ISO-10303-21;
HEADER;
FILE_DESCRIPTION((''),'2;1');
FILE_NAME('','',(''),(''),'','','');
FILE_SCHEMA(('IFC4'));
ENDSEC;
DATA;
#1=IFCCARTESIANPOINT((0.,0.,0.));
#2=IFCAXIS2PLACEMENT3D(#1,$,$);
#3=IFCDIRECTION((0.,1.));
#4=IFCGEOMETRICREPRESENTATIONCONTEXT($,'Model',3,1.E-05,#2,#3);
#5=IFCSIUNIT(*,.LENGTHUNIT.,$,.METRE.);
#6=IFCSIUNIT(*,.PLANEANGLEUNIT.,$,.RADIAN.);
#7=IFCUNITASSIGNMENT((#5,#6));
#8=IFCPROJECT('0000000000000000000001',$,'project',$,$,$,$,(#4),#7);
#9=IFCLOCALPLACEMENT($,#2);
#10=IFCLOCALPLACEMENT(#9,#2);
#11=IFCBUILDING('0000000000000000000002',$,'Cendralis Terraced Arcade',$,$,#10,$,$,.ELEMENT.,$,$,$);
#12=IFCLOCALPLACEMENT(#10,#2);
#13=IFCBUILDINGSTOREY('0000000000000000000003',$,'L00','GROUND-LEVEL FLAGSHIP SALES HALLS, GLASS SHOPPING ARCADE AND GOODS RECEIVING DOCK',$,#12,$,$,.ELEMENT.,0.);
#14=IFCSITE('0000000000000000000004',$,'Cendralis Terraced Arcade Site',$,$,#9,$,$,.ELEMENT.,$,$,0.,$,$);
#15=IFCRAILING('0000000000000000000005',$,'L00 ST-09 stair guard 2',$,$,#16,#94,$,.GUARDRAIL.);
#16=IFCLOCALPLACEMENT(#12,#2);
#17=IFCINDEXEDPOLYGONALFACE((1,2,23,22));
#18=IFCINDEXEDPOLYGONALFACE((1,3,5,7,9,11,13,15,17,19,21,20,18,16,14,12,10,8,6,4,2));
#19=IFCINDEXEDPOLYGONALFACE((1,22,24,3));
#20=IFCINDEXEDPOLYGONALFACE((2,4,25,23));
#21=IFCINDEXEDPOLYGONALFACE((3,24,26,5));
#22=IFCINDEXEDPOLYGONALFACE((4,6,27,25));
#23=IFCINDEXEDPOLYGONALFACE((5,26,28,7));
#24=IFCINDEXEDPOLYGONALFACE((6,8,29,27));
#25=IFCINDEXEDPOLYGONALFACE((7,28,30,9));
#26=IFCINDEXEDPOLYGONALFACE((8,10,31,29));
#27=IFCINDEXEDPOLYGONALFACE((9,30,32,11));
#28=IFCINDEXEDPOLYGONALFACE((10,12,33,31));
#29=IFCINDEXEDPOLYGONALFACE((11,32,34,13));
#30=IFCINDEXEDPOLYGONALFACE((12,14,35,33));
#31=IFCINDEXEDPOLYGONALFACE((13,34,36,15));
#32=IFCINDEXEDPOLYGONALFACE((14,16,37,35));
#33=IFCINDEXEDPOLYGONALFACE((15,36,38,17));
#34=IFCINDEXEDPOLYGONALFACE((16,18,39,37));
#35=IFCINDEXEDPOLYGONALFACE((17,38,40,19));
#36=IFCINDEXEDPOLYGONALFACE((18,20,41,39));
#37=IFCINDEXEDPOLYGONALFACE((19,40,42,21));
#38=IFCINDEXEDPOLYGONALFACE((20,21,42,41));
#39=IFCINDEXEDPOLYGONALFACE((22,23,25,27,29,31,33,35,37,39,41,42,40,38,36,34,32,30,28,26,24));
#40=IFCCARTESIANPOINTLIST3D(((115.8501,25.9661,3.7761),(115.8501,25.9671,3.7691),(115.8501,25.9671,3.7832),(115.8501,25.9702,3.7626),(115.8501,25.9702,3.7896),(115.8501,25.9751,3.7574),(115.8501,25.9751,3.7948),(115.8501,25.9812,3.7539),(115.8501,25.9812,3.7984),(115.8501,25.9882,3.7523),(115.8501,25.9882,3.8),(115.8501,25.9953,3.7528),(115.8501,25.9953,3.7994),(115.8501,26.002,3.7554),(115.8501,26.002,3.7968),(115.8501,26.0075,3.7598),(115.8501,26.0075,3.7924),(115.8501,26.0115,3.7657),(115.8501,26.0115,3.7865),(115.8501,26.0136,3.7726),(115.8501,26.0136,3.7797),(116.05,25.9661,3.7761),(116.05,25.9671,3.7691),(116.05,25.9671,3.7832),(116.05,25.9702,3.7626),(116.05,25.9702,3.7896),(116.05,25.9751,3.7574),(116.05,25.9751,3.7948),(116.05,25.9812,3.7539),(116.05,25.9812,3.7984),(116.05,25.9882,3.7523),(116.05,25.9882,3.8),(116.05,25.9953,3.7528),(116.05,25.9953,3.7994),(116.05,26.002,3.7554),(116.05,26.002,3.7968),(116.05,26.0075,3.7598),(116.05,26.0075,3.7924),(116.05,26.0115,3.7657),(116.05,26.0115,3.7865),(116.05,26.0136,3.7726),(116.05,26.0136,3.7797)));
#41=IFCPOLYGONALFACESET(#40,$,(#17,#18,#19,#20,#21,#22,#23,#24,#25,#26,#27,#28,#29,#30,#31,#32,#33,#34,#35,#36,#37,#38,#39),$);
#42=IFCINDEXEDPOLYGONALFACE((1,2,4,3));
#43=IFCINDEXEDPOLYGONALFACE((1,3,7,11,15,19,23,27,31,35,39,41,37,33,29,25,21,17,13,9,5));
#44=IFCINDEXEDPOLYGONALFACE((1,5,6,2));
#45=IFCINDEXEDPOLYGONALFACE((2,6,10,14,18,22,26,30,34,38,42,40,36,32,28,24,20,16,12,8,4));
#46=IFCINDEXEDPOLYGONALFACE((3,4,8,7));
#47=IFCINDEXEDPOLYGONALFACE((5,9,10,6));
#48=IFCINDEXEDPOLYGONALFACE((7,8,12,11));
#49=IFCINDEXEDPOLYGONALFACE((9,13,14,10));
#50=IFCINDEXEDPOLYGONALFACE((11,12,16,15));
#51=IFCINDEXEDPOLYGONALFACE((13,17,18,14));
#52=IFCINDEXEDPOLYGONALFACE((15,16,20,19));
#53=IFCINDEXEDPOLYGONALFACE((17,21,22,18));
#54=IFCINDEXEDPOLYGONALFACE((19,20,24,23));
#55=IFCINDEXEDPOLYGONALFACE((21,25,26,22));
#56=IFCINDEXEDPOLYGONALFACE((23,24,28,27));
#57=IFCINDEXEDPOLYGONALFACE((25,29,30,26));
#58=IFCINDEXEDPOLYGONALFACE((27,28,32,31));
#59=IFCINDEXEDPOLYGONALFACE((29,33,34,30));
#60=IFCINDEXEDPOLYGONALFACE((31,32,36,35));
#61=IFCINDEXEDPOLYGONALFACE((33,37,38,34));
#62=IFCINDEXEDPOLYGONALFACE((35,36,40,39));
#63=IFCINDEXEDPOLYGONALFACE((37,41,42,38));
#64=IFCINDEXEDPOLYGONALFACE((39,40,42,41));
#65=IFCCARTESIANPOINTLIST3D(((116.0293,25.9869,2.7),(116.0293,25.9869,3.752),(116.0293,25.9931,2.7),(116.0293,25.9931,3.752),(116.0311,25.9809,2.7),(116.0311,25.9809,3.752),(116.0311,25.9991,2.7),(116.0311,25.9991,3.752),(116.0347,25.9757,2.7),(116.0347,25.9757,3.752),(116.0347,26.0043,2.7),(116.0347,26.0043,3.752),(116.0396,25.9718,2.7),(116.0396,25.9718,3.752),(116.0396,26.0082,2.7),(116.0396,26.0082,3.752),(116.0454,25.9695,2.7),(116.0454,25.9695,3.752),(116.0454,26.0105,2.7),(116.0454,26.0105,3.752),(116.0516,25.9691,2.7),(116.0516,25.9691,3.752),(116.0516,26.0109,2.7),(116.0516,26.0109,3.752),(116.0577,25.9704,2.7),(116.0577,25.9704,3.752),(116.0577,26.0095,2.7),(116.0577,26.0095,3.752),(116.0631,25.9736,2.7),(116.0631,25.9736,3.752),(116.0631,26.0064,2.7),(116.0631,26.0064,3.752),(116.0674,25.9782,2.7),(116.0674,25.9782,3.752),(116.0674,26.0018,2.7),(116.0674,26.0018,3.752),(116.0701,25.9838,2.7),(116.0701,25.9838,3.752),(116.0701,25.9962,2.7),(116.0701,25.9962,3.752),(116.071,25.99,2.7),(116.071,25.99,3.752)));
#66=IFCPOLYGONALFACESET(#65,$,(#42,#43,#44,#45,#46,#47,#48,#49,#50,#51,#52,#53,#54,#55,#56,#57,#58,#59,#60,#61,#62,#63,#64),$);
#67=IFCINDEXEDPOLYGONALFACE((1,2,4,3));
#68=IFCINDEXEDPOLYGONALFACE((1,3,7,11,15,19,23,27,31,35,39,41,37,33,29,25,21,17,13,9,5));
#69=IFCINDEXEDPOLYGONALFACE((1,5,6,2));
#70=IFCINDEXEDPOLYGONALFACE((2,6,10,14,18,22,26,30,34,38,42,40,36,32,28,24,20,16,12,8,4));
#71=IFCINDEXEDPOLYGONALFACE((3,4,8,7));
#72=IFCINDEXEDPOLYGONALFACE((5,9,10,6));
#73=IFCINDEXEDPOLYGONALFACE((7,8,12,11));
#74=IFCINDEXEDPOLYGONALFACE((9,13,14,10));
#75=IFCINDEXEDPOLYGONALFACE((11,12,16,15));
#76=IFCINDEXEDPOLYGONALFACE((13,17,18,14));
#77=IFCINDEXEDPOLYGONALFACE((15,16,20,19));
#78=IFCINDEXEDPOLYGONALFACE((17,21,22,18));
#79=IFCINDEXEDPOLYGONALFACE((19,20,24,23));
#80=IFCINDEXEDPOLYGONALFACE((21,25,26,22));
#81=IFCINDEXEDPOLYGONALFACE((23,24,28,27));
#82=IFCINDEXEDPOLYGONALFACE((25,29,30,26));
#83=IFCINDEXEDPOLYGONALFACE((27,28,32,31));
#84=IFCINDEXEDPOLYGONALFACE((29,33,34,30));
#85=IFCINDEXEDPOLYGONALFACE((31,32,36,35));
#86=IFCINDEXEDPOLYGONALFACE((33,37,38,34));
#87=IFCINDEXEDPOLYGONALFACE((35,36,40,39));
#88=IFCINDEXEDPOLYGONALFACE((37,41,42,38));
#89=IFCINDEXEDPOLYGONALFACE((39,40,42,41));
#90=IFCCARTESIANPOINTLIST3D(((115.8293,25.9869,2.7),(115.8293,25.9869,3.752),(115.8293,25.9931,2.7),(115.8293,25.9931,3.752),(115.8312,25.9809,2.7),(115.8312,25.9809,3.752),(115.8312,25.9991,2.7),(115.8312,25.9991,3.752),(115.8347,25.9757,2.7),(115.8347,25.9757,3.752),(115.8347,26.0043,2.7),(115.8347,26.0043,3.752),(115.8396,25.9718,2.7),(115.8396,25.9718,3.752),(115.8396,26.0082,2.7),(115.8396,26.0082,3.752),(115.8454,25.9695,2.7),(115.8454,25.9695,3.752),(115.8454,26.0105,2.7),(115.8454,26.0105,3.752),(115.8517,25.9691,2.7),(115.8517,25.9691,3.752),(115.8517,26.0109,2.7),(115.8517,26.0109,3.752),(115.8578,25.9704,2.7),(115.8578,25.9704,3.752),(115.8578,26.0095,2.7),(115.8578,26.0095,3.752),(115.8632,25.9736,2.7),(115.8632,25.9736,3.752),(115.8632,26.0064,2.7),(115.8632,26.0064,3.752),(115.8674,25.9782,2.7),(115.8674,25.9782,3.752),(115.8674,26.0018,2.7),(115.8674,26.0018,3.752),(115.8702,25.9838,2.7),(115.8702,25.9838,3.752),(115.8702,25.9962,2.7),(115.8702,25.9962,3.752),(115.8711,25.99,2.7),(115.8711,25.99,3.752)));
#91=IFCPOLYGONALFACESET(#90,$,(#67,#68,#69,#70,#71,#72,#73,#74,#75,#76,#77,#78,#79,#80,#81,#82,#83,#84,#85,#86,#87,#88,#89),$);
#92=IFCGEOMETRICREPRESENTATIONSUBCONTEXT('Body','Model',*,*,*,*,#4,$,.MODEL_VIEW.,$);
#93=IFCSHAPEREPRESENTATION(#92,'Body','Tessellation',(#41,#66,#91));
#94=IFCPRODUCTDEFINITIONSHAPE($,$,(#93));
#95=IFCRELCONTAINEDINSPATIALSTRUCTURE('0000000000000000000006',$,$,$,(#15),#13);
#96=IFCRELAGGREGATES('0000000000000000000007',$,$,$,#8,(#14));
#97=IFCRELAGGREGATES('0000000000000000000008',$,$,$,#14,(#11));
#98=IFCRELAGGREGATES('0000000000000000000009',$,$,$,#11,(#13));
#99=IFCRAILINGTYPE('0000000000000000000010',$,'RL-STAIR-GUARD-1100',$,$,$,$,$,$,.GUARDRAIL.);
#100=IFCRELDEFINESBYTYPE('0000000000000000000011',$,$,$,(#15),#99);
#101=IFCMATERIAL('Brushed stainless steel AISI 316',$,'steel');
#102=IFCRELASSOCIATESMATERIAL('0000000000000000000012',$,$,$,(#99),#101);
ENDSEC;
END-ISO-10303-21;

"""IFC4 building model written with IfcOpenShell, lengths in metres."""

from ifc_helpers import new_model, si_unit, direction, frame, origin, origin_2d, place, context, subcontext, project, spatial, circle, extrude, material, type_object, element, save


model = new_model("IFC4")

# Units and contexts
model_context = context("Model", 3, precision=1e-05, world=origin(), true_north=direction((0.0, 1.0)))
body_context = subcontext(model_context, "Body", "Model", "MODEL_VIEW")
ifc_project = project(units=[si_unit("LENGTHUNIT", "METRE"), si_unit("PLANEANGLEUNIT", "RADIAN")], contexts=[model_context])

# Site, building, storey
site_placement = place(None, origin())
site = spatial("IfcSite", under=ifc_project, at=site_placement, Name="Cendralis Terraced Arcade Site", CompositionType="ELEMENT", RefElevation=0.0)
building_placement = place(site_placement, origin())
building = spatial("IfcBuilding", under=site, at=building_placement, Name="Cendralis Terraced Arcade", CompositionType="ELEMENT")
storey_placement = place(building_placement, origin())
storey = spatial("IfcBuildingStorey", under=building, at=storey_placement, Name="L00", Description="GROUND-LEVEL FLAGSHIP SALES HALLS, GLASS SHOPPING ARCADE AND GOODS RECEIVING DOCK", CompositionType="ELEMENT", Elevation=0.0)

# Railing
ifc_material_1 = material(Name="Brushed stainless steel AISI 316", Category="steel")
railing_type_1 = type_object("IfcRailingType", Name="RL-STAIR-GUARD-1100", PredefinedType="GUARDRAIL", material=ifc_material_1)
railing_1_placement = place(storey_placement, frame((116.05, 25.99, 2.7)))
element("IfcRailing", 1, at=railing_1_placement, inside=storey, type_object=railing_type_1, Name="L00 ST-09 stair guard 2", PredefinedType="GUARDRAIL", context=body_context, shape_type="SweptSolid", body=[
    extrude(circle(Radius=0.0239, at=origin_2d()), frame((0.0, 0.0, 1.0762), z_axis=(-1.0, 0.0, 0.0), x_axis=(0.0, -1.0, 0.0)), (0.0, 0.0, 1.0), 0.2),
    extrude(circle(Radius=0.021, at=origin_2d()), origin(), (0.0, 0.0, 1.0), 1.052),
    extrude(circle(Radius=0.021, at=origin_2d()), frame((-0.2, 0.0, 0.0)), (0.0, 0.0, 1.0), 1.052),
])

save(model, "model.ifc")
